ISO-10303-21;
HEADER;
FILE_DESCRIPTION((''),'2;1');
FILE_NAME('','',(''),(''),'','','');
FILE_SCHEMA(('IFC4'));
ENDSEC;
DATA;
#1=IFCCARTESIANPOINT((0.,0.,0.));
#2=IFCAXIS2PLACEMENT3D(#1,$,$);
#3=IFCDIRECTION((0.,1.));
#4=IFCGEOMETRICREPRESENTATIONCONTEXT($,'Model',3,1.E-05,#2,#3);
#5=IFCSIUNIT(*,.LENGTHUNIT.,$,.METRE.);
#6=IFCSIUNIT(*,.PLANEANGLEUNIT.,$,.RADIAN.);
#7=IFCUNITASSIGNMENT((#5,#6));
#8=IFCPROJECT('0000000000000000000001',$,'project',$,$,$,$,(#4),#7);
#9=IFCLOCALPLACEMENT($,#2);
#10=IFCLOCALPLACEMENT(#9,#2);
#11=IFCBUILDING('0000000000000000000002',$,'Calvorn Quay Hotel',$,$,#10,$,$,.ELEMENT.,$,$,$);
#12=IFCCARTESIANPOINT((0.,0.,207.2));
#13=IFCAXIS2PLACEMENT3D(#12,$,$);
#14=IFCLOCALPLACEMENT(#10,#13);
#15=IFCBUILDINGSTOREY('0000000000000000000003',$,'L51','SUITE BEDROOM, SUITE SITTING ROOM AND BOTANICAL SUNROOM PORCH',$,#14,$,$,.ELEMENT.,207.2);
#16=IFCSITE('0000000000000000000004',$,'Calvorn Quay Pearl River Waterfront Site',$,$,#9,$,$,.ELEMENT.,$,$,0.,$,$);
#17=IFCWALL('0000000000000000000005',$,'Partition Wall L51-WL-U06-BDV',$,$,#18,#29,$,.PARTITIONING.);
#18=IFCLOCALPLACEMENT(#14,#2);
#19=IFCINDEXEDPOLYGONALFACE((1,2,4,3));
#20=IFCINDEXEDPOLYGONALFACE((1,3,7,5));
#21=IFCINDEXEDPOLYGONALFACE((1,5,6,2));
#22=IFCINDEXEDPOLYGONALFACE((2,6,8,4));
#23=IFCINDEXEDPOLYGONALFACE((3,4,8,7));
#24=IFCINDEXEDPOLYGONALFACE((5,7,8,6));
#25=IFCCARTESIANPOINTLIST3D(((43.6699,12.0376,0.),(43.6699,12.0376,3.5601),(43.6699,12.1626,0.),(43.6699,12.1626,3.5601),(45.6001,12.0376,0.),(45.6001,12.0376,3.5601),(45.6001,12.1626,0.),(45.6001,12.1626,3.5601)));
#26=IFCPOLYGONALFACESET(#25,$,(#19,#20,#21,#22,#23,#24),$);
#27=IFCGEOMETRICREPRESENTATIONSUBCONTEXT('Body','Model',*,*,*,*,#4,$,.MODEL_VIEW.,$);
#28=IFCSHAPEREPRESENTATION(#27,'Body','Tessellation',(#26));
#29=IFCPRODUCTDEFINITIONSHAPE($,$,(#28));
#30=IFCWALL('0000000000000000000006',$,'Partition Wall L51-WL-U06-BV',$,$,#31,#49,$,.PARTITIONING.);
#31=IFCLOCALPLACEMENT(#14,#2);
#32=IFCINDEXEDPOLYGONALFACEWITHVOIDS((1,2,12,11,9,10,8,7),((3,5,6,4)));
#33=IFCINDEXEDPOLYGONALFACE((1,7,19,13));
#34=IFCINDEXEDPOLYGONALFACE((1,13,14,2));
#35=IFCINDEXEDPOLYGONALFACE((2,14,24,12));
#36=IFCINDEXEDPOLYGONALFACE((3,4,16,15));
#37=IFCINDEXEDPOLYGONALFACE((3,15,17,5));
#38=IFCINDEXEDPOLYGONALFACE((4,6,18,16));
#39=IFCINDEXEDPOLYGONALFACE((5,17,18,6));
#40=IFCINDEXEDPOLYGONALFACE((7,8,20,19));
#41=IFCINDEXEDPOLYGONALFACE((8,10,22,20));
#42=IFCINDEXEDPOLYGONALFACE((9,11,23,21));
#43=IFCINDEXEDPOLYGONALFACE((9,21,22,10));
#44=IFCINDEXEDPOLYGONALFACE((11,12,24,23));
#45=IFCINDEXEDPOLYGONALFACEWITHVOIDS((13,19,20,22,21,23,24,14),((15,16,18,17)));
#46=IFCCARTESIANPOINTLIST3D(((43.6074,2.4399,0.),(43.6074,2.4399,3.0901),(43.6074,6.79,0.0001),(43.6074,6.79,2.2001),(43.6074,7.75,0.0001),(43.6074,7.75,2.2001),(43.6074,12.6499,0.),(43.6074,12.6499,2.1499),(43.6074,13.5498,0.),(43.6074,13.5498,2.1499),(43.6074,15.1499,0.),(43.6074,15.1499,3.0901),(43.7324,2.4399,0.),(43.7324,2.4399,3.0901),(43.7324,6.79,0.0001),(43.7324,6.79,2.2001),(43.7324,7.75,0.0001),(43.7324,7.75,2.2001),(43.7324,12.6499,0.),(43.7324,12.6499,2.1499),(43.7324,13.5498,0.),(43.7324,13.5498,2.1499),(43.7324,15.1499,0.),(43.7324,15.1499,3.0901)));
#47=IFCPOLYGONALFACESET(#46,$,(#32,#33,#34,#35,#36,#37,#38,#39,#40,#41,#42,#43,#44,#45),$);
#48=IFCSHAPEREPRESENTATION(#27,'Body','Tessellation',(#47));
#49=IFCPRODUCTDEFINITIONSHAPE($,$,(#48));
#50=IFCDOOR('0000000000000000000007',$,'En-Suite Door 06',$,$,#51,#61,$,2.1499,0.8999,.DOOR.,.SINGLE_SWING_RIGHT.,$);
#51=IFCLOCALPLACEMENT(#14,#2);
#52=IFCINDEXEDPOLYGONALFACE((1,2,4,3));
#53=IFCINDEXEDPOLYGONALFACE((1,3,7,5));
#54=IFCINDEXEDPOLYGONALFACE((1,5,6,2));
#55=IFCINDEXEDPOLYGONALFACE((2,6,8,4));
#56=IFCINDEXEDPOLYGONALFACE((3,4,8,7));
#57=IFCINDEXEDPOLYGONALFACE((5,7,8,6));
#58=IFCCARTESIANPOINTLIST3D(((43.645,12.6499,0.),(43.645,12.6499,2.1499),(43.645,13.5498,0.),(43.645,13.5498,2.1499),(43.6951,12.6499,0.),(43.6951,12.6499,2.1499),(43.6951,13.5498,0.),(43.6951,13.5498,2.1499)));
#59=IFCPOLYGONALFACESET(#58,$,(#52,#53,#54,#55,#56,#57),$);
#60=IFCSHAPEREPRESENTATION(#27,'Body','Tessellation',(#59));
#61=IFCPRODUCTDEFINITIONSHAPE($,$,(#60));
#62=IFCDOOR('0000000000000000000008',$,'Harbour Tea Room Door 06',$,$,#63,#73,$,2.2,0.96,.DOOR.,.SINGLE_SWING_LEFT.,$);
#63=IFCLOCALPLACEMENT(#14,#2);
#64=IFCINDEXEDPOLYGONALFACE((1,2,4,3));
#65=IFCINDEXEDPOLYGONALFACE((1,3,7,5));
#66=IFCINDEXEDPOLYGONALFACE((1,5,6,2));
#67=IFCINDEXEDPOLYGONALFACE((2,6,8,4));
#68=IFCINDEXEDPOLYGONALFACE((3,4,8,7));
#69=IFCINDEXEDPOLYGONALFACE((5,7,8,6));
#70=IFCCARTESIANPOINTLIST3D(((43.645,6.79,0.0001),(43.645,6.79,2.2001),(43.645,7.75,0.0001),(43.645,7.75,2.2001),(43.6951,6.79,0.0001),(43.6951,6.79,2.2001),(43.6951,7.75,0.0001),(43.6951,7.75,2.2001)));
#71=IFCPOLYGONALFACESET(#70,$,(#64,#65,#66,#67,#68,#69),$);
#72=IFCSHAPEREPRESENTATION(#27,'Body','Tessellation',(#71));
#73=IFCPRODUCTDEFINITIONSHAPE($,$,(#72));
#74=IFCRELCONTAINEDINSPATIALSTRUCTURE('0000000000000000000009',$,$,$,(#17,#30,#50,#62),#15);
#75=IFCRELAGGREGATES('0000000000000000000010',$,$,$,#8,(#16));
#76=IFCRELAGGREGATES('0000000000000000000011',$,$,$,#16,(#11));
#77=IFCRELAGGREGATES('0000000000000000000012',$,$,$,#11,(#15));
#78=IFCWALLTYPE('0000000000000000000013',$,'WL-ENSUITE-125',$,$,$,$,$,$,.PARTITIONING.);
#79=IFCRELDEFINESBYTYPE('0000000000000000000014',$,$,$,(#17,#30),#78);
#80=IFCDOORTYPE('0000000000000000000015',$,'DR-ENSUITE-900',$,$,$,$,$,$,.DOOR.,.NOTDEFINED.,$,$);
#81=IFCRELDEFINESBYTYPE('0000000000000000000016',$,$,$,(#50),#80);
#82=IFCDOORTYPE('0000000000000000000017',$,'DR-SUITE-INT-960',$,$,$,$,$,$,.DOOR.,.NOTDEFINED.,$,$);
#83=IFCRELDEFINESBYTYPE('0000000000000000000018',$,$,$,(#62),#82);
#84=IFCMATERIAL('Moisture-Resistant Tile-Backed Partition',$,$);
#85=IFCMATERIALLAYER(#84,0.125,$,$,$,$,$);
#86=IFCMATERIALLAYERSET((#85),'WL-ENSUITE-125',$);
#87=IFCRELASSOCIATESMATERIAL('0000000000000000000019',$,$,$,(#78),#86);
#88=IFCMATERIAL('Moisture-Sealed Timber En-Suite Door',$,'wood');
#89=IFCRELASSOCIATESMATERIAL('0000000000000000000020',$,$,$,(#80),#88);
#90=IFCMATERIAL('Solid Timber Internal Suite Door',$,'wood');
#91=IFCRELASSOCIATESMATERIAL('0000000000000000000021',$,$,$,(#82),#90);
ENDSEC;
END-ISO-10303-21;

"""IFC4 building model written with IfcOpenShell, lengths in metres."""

from ifc_helpers import new_model, si_unit, direction, frame, frame_2d, origin, place, context, subcontext, project, spatial, rectangle, extrude, material, layer, layer_set, type_object, element, fill, save


model = new_model("IFC4")

# Units and contexts
model_context = context("Model", 3, precision=1e-05, world=origin(), true_north=direction((0.0, 1.0)))
body_context = subcontext(model_context, "Body", "Model", "MODEL_VIEW")
ifc_project = project(units=[si_unit("LENGTHUNIT", "METRE"), si_unit("PLANEANGLEUNIT", "RADIAN")], contexts=[model_context])

# Site, building, storey
site_placement = place(None, origin())
site = spatial("IfcSite", under=ifc_project, at=site_placement, Name="Calvorn Quay Pearl River Waterfront Site", CompositionType="ELEMENT", RefElevation=0.0)
building_placement = place(site_placement, origin())
building = spatial("IfcBuilding", under=site, at=building_placement, Name="Calvorn Quay Hotel", CompositionType="ELEMENT")
storey_placement = place(building_placement, frame((0.0, 0.0, 207.2)))
storey = spatial("IfcBuildingStorey", under=building, at=storey_placement, Name="L51", Description="SUITE BEDROOM, SUITE SITTING ROOM AND BOTANICAL SUNROOM PORCH", CompositionType="ELEMENT", Elevation=207.2)

# Wall
ifc_material_1 = material(Name="Moisture-Resistant Tile-Backed Partition")
ifc_layer_1 = layer(ifc_material_1, 0.125)
ifc_layer_set_1 = layer_set([ifc_layer_1], Name="WL-ENSUITE-125")
wall_type = type_object("IfcWallType", Name="WL-ENSUITE-125", PredefinedType="PARTITIONING", material=ifc_layer_set_1)
wall_1_placement = place(storey_placement, frame((43.6699, 12.1001, 0.0), z_axis=(0.0, 0.0, 1.0), x_axis=(1.0, 0.0, 0.0)))
element("IfcWall", 1, at=wall_1_placement, inside=storey, type_object=wall_type, Name="Partition Wall L51-WL-U06-BDV", PredefinedType="PARTITIONING", context=body_context, shape_type="SweptSolid", body=[
    extrude(rectangle(XDim=1.9302, YDim=0.125, at=frame_2d((0.9651, 0.0))), origin(), (0.0, 0.0, 1.0), 3.5601),
])

# Wall, openings, doors
wall_2_placement = place(storey_placement, frame((43.6699, 2.4399, 0.0), z_axis=(0.0, 0.0, 1.0), x_axis=(0.0, 1.0, 0.0)))
wall_2 = element("IfcWall", 2, at=wall_2_placement, inside=storey, type_object=wall_type, Name="Partition Wall L51-WL-U06-BV", PredefinedType="PARTITIONING", context=body_context, shape_type="SweptSolid", body=[
    extrude(rectangle(XDim=12.71, YDim=0.125, at=frame_2d((6.355, 0.0))), origin(), (0.0, 0.0, 1.0), 3.0901),
])
opening_1_placement = place(wall_2_placement, frame((4.3501, 0.0, 0.0)))
opening_1 = element("IfcOpeningElement", 3, at=opening_1_placement, cuts=wall_2, PredefinedType="OPENING", context=body_context, shape_type="SweptSolid", body=[
    extrude(rectangle(XDim=0.96, YDim=2.2, at=frame_2d((0.48, 1.1001))), frame((0.0, 0.0725, 0.0), z_axis=(0.0, -1.0, 0.0), x_axis=(1.0, 0.0, 0.0)), (0.0, 0.0, 1.0), 0.145),
])
opening_2_placement = place(wall_2_placement, frame((10.21, 0.0, 0.0)))
opening_2 = element("IfcOpeningElement", 4, at=opening_2_placement, cuts=wall_2, PredefinedType="OPENING", context=body_context, shape_type="SweptSolid", body=[
    extrude(rectangle(XDim=0.8999, YDim=2.1499, at=frame_2d((0.45, 1.075))), frame((0.0, 0.0725, 0.0), z_axis=(0.0, -1.0, 0.0), x_axis=(1.0, 0.0, 0.0)), (0.0, 0.0, 1.0), 0.145),
])
ifc_material_2 = material(Name="Moisture-Sealed Timber En-Suite Door", Category="wood")
door_type_1 = type_object("IfcDoorType", Name="DR-ENSUITE-900", OperationType="NOTDEFINED", PredefinedType="DOOR", material=ifc_material_2)
door_1_placement = place(opening_2_placement, origin())
door_1 = element("IfcDoor", 5, at=door_1_placement, inside=storey, type_object=door_type_1, Name="En-Suite Door 06", OperationType="SINGLE_SWING_RIGHT", OverallHeight=2.1499, OverallWidth=0.8999, PredefinedType="DOOR", context=body_context, shape_type="SweptSolid", body=[
    extrude(rectangle(XDim=0.8999, YDim=2.1499, at=frame_2d((0.45, 1.075))), frame((0.0, 0.0249, 0.0), z_axis=(0.0, -1.0, 0.0), x_axis=(1.0, 0.0, 0.0)), (0.0, 0.0, 1.0), 0.05),
])
fill(opening_2, door_1)
ifc_material_3 = material(Name="Solid Timber Internal Suite Door", Category="wood")
door_type_2 = type_object("IfcDoorType", Name="DR-SUITE-INT-960", OperationType="NOTDEFINED", PredefinedType="DOOR", material=ifc_material_3)
door_2_placement = place(opening_1_placement, origin())
door_2 = element("IfcDoor", 6, at=door_2_placement, inside=storey, type_object=door_type_2, Name="Harbour Tea Room Door 06", OperationType="SINGLE_SWING_LEFT", OverallHeight=2.2, OverallWidth=0.96, PredefinedType="DOOR", context=body_context, shape_type="SweptSolid", body=[
    extrude(rectangle(XDim=0.96, YDim=2.2, at=frame_2d((0.48, 1.1001))), frame((0.0, 0.0249, 0.0), z_axis=(0.0, -1.0, 0.0), x_axis=(1.0, 0.0, 0.0)), (0.0, 0.0, 1.0), 0.05),
])
fill(opening_1, door_2)

save(model, "model.ifc")
